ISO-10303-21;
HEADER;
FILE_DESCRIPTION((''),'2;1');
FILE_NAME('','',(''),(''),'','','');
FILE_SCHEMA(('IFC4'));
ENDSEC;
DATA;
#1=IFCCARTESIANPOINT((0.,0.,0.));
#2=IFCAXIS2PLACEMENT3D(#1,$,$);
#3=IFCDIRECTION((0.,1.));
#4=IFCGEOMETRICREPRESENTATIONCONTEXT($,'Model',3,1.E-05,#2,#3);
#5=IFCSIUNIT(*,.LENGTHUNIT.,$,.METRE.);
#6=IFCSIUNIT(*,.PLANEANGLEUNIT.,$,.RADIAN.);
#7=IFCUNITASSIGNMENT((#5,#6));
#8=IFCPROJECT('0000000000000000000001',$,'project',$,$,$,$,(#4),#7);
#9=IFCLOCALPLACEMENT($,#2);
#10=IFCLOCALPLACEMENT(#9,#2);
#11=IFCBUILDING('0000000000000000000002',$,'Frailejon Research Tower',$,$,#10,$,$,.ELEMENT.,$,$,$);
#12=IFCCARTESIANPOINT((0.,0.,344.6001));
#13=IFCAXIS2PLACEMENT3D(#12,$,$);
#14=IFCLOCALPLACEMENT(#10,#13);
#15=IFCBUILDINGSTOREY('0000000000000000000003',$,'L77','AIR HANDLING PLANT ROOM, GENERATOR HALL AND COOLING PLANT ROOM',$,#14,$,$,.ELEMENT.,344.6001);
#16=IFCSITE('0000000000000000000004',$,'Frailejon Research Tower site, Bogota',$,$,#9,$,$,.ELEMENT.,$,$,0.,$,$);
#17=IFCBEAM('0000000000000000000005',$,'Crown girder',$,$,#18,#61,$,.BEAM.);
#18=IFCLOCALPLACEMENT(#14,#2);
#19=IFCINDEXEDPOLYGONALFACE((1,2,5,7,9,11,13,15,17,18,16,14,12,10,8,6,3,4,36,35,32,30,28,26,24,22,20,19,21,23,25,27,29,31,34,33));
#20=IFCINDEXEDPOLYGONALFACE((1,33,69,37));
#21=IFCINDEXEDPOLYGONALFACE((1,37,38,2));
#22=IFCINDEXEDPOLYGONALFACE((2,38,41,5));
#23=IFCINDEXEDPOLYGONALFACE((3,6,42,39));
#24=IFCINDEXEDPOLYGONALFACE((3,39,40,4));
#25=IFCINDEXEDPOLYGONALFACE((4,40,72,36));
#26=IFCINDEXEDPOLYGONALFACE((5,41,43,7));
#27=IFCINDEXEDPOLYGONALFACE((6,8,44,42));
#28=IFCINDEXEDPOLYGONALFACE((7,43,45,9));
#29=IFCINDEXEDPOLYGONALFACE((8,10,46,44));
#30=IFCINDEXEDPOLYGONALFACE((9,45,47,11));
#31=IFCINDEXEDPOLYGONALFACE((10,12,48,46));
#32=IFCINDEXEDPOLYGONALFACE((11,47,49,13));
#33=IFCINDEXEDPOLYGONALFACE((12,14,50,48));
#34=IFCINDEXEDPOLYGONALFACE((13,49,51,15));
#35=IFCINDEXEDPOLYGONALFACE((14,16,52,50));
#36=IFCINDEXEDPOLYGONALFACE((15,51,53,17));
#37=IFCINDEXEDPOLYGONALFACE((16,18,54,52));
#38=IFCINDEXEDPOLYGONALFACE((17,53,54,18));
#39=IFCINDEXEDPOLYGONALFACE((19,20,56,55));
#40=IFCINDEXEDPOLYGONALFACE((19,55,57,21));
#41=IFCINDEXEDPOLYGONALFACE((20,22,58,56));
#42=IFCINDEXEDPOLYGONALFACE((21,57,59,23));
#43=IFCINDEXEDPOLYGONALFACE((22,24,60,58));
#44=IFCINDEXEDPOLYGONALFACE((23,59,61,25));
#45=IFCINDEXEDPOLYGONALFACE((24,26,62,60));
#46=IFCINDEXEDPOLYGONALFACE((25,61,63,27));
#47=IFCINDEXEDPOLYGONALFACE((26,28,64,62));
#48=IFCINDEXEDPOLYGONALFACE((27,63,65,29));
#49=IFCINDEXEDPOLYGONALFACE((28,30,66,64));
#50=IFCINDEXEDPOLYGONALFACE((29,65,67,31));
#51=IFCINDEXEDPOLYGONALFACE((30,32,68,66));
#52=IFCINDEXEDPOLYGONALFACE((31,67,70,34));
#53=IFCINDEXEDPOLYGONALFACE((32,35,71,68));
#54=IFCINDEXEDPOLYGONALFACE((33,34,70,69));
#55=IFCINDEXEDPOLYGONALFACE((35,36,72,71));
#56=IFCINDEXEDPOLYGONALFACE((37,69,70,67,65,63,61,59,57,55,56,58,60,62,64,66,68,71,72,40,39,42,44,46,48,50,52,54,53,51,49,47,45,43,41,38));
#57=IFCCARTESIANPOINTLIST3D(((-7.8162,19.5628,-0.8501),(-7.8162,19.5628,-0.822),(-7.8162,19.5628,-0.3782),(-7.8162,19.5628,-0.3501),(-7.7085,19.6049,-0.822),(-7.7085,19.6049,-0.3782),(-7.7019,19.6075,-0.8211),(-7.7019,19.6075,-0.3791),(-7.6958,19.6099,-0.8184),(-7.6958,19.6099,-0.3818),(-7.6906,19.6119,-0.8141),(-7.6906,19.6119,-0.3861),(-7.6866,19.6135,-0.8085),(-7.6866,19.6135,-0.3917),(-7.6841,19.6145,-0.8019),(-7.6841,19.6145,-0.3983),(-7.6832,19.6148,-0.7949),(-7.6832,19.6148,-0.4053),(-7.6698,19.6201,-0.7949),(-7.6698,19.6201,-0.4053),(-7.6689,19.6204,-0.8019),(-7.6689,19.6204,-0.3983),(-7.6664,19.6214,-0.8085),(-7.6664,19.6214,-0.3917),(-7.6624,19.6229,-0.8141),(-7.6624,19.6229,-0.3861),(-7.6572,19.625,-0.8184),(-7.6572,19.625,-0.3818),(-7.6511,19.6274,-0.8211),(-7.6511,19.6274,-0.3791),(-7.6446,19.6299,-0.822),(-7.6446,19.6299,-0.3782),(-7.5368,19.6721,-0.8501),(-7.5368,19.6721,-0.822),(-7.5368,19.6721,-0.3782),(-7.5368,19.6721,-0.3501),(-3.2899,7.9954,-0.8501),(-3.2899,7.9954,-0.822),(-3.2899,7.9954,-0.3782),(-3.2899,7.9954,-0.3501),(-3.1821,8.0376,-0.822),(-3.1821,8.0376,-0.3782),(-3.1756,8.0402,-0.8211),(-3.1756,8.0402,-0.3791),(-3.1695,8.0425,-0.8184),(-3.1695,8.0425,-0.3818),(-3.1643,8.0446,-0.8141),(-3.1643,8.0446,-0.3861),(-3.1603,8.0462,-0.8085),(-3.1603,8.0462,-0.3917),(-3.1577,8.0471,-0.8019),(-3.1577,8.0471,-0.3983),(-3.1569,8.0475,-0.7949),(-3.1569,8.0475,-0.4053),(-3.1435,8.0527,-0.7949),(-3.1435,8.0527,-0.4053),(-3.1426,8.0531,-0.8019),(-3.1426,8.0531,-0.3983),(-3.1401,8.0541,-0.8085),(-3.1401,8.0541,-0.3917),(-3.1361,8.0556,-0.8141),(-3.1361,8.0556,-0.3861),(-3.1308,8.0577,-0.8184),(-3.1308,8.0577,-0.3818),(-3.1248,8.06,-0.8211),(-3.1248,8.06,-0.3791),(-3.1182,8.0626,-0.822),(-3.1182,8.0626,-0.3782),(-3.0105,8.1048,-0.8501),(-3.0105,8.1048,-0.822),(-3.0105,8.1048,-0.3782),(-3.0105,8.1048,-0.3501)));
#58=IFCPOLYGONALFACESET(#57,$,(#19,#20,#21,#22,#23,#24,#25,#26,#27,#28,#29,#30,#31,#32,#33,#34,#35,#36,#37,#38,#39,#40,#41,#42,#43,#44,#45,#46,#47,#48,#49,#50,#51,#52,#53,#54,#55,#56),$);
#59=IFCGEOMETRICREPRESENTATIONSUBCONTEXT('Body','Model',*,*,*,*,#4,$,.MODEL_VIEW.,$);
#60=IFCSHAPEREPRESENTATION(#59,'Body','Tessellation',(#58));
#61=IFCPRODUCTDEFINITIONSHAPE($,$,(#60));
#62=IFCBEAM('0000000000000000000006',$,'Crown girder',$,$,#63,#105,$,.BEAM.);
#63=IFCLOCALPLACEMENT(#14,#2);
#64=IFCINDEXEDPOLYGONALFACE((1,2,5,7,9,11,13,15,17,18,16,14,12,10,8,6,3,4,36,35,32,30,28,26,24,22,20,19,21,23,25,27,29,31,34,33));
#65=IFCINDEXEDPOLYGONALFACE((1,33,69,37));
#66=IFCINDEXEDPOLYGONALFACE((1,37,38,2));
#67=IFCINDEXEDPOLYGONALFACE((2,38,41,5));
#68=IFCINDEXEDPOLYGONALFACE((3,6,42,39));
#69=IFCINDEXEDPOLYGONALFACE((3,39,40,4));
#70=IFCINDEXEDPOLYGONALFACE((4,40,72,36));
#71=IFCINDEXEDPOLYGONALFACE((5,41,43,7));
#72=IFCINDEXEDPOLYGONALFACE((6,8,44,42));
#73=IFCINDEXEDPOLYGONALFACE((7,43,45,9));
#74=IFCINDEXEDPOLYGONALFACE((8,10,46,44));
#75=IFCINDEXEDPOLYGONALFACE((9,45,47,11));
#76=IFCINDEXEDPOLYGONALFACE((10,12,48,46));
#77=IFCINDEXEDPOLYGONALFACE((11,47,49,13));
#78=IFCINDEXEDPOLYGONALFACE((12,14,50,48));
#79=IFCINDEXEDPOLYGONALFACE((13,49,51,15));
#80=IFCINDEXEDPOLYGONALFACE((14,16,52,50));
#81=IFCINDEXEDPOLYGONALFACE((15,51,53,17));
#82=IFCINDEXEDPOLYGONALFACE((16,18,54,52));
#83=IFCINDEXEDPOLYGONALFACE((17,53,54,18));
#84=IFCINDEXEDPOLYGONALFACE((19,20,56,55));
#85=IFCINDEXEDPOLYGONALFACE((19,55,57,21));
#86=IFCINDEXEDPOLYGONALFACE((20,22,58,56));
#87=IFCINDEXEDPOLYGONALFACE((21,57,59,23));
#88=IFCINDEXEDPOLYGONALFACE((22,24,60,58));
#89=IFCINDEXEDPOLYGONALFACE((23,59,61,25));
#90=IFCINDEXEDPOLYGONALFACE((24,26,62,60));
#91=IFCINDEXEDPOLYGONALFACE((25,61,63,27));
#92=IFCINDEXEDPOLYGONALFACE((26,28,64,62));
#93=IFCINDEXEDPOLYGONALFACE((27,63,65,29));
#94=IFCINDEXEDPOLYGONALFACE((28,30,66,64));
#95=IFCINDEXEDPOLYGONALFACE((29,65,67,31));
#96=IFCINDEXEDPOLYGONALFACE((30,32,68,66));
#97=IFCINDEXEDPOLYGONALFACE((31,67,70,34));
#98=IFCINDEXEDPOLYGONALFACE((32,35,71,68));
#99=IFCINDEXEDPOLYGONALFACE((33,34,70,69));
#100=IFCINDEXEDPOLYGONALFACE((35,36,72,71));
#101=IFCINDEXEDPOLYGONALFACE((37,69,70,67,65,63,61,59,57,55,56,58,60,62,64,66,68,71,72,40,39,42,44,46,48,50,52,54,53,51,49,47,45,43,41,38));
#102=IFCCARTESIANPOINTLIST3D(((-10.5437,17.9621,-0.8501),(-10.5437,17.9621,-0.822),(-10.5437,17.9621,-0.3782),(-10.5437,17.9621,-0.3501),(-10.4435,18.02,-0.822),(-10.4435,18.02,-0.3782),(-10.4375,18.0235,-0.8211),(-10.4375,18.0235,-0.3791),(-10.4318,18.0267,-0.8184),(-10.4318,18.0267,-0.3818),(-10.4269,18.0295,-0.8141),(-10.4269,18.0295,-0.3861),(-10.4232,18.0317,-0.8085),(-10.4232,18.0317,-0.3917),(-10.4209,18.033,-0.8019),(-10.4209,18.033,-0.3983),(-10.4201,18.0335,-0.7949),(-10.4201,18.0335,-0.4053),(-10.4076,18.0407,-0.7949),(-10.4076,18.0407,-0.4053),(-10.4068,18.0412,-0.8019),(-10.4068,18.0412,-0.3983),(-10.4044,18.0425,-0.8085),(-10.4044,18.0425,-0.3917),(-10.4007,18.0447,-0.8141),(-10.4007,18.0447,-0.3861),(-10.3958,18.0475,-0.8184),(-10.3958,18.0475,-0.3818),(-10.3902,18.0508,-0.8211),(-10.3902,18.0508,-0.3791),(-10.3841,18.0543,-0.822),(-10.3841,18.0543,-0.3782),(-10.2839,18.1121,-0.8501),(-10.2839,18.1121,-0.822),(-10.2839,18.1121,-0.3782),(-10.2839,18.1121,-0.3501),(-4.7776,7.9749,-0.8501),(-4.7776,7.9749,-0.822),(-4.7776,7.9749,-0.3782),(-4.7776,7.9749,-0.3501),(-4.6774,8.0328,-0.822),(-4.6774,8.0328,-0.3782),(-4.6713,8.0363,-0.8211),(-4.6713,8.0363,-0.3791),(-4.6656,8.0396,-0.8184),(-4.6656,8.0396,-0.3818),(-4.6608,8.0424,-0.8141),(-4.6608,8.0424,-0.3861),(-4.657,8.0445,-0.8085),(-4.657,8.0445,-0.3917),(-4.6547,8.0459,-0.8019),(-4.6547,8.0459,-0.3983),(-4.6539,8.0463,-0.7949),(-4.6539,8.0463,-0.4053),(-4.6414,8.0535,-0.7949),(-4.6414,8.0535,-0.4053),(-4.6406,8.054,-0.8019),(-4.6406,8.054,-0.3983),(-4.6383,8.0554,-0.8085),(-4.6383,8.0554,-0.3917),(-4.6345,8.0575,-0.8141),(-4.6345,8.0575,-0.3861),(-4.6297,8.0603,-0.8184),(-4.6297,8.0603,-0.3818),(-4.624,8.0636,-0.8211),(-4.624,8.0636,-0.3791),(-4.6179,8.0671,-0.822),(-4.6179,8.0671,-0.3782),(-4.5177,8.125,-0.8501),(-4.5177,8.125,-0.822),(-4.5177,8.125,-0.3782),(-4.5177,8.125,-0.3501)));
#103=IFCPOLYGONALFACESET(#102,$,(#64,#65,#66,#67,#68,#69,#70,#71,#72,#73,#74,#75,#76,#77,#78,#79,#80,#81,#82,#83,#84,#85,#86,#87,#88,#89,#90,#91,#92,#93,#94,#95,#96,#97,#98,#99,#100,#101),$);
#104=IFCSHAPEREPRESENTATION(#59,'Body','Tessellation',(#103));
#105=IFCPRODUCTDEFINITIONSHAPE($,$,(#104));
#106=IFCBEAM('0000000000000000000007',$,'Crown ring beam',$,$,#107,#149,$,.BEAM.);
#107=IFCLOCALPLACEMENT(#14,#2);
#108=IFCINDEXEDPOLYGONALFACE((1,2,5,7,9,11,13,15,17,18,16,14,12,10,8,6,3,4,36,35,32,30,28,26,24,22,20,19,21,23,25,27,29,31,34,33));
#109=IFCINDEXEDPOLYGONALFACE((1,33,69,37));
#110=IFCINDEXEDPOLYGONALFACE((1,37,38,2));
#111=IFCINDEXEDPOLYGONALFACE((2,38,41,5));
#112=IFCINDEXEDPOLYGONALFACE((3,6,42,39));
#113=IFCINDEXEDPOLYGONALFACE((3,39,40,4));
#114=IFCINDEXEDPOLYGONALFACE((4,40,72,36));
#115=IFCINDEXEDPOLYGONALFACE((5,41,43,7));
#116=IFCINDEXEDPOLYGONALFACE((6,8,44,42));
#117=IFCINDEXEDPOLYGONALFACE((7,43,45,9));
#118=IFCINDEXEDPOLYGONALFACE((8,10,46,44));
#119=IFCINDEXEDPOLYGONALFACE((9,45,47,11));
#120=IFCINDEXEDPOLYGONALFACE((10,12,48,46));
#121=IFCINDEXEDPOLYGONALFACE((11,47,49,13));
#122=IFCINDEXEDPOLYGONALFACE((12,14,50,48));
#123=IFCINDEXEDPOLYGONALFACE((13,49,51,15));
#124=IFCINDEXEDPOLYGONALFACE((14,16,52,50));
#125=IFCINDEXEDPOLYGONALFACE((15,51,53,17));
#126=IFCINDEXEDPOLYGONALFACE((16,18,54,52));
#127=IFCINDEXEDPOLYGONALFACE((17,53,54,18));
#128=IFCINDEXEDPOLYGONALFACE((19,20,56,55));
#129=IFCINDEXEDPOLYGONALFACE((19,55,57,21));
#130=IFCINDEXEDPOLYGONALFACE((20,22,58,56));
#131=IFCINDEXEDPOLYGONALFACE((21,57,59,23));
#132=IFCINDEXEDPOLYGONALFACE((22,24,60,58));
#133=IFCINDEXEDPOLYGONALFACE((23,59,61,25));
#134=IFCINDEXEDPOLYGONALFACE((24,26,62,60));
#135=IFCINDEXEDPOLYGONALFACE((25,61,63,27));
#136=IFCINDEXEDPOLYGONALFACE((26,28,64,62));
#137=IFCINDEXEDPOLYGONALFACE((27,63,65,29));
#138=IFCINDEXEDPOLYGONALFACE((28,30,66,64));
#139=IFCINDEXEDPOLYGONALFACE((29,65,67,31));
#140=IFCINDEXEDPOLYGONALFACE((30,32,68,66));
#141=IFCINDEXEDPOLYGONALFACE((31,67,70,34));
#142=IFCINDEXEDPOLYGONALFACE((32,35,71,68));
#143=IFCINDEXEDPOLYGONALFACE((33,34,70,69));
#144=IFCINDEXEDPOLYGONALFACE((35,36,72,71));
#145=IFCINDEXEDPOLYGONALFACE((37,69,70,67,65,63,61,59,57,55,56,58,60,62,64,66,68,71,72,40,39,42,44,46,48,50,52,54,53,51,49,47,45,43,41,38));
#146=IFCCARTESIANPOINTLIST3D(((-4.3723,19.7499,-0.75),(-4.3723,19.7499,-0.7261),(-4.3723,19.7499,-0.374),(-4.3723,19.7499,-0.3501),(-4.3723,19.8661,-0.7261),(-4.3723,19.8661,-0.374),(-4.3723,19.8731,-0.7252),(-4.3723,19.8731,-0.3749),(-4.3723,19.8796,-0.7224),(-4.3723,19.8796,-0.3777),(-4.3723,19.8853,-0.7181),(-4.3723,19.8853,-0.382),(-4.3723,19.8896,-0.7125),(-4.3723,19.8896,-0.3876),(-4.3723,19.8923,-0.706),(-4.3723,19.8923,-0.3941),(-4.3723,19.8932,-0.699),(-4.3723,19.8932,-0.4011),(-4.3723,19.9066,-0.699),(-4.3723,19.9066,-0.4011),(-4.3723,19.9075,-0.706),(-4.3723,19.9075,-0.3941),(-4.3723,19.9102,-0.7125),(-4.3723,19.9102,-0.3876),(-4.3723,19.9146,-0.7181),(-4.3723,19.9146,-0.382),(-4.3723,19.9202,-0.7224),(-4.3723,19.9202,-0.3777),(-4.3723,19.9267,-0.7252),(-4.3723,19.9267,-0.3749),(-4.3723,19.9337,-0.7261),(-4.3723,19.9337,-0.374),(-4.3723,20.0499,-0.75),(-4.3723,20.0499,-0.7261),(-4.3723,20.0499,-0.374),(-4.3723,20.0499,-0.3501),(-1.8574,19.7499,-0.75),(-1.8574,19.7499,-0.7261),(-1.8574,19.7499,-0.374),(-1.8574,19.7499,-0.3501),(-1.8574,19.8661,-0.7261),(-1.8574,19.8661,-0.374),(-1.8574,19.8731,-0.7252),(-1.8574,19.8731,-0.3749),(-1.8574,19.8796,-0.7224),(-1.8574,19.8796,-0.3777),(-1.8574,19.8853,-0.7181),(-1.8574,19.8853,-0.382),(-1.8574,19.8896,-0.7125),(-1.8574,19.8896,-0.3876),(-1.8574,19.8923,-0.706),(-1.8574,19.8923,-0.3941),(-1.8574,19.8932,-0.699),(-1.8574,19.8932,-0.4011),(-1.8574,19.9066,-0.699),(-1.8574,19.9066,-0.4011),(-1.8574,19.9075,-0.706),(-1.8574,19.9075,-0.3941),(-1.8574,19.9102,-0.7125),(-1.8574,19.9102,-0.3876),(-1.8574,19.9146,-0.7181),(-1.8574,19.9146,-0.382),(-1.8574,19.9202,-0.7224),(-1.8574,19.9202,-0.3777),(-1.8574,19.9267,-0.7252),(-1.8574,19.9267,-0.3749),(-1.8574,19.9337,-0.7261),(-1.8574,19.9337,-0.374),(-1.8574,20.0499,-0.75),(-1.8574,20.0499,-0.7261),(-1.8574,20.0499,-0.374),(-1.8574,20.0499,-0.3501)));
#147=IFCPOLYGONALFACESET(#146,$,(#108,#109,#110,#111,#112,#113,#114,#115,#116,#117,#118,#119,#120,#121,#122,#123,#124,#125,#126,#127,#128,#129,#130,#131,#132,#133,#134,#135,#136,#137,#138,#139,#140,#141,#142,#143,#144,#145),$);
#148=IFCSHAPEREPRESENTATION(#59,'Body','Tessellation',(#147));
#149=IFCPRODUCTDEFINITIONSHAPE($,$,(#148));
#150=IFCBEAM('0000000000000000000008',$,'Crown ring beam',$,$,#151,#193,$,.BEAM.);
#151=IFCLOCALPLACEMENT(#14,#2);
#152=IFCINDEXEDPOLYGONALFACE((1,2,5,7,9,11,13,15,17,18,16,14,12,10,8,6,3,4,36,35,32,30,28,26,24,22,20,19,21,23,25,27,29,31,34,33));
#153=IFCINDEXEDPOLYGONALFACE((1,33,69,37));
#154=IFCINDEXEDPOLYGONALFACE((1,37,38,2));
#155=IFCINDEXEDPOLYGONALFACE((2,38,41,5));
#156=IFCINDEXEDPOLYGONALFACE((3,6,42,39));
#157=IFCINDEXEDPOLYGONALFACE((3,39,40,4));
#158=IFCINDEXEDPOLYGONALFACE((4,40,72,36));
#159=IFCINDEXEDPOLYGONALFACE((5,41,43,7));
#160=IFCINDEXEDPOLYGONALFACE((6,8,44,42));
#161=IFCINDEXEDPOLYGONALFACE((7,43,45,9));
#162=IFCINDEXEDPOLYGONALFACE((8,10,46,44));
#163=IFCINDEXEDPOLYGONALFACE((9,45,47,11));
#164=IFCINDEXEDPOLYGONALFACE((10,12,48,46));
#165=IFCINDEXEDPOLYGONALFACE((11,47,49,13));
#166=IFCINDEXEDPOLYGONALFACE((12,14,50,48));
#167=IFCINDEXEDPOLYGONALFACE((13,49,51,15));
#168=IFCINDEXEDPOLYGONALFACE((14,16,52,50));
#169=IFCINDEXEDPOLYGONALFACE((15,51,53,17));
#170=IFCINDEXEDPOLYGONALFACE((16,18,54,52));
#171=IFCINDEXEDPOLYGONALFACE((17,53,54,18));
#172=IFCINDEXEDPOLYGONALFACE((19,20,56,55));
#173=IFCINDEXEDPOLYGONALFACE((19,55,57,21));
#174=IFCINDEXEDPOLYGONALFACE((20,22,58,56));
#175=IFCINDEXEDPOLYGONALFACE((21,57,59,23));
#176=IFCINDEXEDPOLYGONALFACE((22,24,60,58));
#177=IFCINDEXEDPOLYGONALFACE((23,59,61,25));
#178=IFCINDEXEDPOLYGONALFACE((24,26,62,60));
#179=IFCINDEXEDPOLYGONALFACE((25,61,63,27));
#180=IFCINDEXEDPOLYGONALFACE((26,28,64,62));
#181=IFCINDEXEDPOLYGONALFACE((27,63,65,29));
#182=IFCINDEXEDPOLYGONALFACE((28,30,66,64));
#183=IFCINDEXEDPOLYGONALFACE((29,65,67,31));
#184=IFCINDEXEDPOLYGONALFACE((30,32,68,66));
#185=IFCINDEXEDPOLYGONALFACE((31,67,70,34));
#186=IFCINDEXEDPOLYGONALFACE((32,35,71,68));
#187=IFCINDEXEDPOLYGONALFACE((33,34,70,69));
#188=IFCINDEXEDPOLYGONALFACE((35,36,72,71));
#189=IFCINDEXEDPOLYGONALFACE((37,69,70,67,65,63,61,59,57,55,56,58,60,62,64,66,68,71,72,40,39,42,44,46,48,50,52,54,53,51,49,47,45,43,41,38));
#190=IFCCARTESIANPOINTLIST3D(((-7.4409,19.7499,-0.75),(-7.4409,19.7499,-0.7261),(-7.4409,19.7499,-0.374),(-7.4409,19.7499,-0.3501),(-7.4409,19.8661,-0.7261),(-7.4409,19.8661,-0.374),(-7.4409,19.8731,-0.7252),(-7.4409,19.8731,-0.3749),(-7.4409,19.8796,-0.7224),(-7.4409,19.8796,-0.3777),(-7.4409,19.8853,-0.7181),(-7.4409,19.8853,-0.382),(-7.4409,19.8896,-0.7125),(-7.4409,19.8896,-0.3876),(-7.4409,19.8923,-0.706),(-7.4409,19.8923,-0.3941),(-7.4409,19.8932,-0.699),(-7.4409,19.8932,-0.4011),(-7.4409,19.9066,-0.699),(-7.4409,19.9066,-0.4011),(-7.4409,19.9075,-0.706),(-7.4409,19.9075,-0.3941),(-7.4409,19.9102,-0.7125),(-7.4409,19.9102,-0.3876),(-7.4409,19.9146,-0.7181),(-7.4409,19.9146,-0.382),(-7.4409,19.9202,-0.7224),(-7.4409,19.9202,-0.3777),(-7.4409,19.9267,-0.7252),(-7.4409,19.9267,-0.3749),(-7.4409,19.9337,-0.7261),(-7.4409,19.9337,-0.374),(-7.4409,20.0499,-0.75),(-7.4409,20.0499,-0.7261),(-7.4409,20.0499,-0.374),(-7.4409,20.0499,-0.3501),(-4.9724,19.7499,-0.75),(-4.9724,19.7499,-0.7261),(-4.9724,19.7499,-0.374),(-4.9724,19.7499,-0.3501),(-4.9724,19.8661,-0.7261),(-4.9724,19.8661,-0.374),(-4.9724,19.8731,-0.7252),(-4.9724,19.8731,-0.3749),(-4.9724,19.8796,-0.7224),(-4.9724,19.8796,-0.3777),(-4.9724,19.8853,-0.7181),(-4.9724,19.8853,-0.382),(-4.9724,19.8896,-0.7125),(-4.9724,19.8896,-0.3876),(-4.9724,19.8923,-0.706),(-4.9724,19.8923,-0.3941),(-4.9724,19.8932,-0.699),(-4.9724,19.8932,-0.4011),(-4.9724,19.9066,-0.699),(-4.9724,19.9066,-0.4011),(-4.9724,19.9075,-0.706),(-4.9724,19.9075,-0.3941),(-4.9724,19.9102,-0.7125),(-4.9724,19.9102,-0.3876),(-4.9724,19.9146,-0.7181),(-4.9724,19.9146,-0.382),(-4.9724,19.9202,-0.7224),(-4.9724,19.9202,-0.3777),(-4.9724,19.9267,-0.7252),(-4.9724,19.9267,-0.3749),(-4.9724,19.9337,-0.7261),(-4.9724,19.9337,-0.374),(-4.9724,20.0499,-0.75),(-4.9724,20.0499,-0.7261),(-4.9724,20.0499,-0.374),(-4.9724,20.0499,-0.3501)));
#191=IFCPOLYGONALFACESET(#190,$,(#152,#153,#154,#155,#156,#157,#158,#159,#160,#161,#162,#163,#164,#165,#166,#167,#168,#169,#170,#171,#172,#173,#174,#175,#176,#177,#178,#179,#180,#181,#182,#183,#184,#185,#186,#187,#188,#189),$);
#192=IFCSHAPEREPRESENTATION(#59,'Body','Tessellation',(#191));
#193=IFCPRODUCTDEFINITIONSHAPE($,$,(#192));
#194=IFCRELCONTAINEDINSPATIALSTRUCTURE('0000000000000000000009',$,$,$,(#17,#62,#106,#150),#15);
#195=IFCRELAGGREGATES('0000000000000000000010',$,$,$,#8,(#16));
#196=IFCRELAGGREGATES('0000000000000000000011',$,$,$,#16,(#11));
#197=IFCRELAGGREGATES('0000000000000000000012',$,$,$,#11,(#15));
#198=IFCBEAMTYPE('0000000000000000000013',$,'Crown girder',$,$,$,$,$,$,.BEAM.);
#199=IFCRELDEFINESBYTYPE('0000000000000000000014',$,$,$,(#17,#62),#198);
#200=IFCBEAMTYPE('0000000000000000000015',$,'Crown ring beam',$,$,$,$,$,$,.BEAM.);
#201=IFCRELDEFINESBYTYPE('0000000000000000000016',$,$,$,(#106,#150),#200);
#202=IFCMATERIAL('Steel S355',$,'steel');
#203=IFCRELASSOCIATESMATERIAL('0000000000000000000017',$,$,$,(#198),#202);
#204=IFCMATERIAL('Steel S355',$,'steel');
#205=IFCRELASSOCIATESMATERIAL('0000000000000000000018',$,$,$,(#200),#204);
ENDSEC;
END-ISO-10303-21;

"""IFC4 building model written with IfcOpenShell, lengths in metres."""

from ifc_helpers import new_model, si_unit, direction, frame, origin, origin_2d, place, context, subcontext, project, spatial, i_section, extrude, material, material_profile, profile_set, type_object, element, save


model = new_model("IFC4")

# Units and contexts
model_context = context("Model", 3, precision=1e-05, world=origin(), true_north=direction((0.0, 1.0)))
body_context = subcontext(model_context, "Body", "Model", "MODEL_VIEW")
ifc_project = project(units=[si_unit("LENGTHUNIT", "METRE"), si_unit("PLANEANGLEUNIT", "RADIAN")], contexts=[model_context])

# Site, building, storey
site_placement = place(None, origin())
site = spatial("IfcSite", under=ifc_project, at=site_placement, Name="Frailejon Research Tower site, Bogota", CompositionType="ELEMENT", RefElevation=0.0)
building_placement = place(site_placement, origin())
building = spatial("IfcBuilding", under=site, at=building_placement, Name="Frailejon Research Tower", CompositionType="ELEMENT")
storey_placement = place(building_placement, frame((0.0, 0.0, 344.6001)))
storey = spatial("IfcBuildingStorey", under=building, at=storey_placement, Name="L77", Description="AIR HANDLING PLANT ROOM, GENERATOR HALL AND COOLING PLANT ROOM", CompositionType="ELEMENT", Elevation=344.6001)

# Beams
ifc_material_1 = material(Name="Steel S355", Category="steel")
ifc_material_profile_1 = material_profile(ifc_material_1, i_section(OverallWidth=0.3, OverallDepth=0.5, WebThickness=0.0144, FlangeThickness=0.0281, FilletRadius=0.0271, at=origin_2d()), Name="HE 500 B")
ifc_profile_set_1 = profile_set([ifc_material_profile_1], Name="Steel S355")
beam_type_1 = type_object("IfcBeamType", Name="Crown girder", PredefinedType="BEAM", material=ifc_profile_set_1)
beam_1_placement = place(storey_placement, frame((-7.6765, 19.6174, -0.6001), z_axis=(0.364399, -0.931243, 0.0), x_axis=(0.931243, 0.364399, 0.0)))
element("IfcBeam", 1, at=beam_1_placement, inside=storey, type_object=beam_type_1, Name="Crown girder", PredefinedType="BEAM", context=body_context, shape_type="SweptSolid", body=[
    extrude(i_section(OverallWidth=0.3, OverallDepth=0.5, WebThickness=0.0144, FlangeThickness=0.0281, FilletRadius=0.0271, at=origin_2d()), origin(), (0.0, 0.0, 1.0), 12.4214),
])
beam_2_placement = place(storey_placement, frame((-10.4138, 18.0371, -0.6001), z_axis=(0.500005, -0.866022, 0.0), x_axis=(0.866022, 0.500005, 0.0)))
element("IfcBeam", 2, at=beam_2_placement, inside=storey, type_object=beam_type_1, Name="Crown girder", PredefinedType="BEAM", context=body_context, shape_type="SweptSolid", body=[
    extrude(i_section(OverallWidth=0.3, OverallDepth=0.5, WebThickness=0.0144, FlangeThickness=0.0281, FilletRadius=0.0271, at=origin_2d()), origin(), (0.0, 0.0, 1.0), 11.5322),
])
ifc_material_2 = material(Name="Steel S355", Category="steel")
ifc_material_profile_2 = material_profile(ifc_material_2, i_section(OverallWidth=0.3, OverallDepth=0.3999, WebThickness=0.0134, FlangeThickness=0.0239, FilletRadius=0.0271, at=origin_2d()), Name="HE 400 B")
ifc_profile_set_2 = profile_set([ifc_material_profile_2], Name="Steel S355")
beam_type_2 = type_object("IfcBeamType", Name="Crown ring beam", PredefinedType="BEAM", material=ifc_profile_set_2)
beam_3_placement = place(storey_placement, frame((-1.8574, 19.8999, -0.55), z_axis=(-1.0, 0.0, 0.0), x_axis=(0.0, -1.0, 0.0)))
element("IfcBeam", 3, at=beam_3_placement, inside=storey, type_object=beam_type_2, Name="Crown ring beam", PredefinedType="BEAM", context=body_context, shape_type="SweptSolid", body=[
    extrude(i_section(OverallWidth=0.3, OverallDepth=0.3999, WebThickness=0.0134, FlangeThickness=0.0239, FilletRadius=0.0271, at=origin_2d()), origin(), (0.0, 0.0, 1.0), 2.5149),
])
beam_4_placement = place(storey_placement, frame((-4.9724, 19.8999, -0.55), z_axis=(-1.0, 0.0, 0.0), x_axis=(0.0, -1.0, 0.0)))
element("IfcBeam", 4, at=beam_4_placement, inside=storey, type_object=beam_type_2, Name="Crown ring beam", PredefinedType="BEAM", context=body_context, shape_type="SweptSolid", body=[
    extrude(i_section(OverallWidth=0.3, OverallDepth=0.3999, WebThickness=0.0134, FlangeThickness=0.0239, FilletRadius=0.0271, at=origin_2d()), origin(), (0.0, 0.0, 1.0), 2.4685),
])

save(model, "model.ifc")
